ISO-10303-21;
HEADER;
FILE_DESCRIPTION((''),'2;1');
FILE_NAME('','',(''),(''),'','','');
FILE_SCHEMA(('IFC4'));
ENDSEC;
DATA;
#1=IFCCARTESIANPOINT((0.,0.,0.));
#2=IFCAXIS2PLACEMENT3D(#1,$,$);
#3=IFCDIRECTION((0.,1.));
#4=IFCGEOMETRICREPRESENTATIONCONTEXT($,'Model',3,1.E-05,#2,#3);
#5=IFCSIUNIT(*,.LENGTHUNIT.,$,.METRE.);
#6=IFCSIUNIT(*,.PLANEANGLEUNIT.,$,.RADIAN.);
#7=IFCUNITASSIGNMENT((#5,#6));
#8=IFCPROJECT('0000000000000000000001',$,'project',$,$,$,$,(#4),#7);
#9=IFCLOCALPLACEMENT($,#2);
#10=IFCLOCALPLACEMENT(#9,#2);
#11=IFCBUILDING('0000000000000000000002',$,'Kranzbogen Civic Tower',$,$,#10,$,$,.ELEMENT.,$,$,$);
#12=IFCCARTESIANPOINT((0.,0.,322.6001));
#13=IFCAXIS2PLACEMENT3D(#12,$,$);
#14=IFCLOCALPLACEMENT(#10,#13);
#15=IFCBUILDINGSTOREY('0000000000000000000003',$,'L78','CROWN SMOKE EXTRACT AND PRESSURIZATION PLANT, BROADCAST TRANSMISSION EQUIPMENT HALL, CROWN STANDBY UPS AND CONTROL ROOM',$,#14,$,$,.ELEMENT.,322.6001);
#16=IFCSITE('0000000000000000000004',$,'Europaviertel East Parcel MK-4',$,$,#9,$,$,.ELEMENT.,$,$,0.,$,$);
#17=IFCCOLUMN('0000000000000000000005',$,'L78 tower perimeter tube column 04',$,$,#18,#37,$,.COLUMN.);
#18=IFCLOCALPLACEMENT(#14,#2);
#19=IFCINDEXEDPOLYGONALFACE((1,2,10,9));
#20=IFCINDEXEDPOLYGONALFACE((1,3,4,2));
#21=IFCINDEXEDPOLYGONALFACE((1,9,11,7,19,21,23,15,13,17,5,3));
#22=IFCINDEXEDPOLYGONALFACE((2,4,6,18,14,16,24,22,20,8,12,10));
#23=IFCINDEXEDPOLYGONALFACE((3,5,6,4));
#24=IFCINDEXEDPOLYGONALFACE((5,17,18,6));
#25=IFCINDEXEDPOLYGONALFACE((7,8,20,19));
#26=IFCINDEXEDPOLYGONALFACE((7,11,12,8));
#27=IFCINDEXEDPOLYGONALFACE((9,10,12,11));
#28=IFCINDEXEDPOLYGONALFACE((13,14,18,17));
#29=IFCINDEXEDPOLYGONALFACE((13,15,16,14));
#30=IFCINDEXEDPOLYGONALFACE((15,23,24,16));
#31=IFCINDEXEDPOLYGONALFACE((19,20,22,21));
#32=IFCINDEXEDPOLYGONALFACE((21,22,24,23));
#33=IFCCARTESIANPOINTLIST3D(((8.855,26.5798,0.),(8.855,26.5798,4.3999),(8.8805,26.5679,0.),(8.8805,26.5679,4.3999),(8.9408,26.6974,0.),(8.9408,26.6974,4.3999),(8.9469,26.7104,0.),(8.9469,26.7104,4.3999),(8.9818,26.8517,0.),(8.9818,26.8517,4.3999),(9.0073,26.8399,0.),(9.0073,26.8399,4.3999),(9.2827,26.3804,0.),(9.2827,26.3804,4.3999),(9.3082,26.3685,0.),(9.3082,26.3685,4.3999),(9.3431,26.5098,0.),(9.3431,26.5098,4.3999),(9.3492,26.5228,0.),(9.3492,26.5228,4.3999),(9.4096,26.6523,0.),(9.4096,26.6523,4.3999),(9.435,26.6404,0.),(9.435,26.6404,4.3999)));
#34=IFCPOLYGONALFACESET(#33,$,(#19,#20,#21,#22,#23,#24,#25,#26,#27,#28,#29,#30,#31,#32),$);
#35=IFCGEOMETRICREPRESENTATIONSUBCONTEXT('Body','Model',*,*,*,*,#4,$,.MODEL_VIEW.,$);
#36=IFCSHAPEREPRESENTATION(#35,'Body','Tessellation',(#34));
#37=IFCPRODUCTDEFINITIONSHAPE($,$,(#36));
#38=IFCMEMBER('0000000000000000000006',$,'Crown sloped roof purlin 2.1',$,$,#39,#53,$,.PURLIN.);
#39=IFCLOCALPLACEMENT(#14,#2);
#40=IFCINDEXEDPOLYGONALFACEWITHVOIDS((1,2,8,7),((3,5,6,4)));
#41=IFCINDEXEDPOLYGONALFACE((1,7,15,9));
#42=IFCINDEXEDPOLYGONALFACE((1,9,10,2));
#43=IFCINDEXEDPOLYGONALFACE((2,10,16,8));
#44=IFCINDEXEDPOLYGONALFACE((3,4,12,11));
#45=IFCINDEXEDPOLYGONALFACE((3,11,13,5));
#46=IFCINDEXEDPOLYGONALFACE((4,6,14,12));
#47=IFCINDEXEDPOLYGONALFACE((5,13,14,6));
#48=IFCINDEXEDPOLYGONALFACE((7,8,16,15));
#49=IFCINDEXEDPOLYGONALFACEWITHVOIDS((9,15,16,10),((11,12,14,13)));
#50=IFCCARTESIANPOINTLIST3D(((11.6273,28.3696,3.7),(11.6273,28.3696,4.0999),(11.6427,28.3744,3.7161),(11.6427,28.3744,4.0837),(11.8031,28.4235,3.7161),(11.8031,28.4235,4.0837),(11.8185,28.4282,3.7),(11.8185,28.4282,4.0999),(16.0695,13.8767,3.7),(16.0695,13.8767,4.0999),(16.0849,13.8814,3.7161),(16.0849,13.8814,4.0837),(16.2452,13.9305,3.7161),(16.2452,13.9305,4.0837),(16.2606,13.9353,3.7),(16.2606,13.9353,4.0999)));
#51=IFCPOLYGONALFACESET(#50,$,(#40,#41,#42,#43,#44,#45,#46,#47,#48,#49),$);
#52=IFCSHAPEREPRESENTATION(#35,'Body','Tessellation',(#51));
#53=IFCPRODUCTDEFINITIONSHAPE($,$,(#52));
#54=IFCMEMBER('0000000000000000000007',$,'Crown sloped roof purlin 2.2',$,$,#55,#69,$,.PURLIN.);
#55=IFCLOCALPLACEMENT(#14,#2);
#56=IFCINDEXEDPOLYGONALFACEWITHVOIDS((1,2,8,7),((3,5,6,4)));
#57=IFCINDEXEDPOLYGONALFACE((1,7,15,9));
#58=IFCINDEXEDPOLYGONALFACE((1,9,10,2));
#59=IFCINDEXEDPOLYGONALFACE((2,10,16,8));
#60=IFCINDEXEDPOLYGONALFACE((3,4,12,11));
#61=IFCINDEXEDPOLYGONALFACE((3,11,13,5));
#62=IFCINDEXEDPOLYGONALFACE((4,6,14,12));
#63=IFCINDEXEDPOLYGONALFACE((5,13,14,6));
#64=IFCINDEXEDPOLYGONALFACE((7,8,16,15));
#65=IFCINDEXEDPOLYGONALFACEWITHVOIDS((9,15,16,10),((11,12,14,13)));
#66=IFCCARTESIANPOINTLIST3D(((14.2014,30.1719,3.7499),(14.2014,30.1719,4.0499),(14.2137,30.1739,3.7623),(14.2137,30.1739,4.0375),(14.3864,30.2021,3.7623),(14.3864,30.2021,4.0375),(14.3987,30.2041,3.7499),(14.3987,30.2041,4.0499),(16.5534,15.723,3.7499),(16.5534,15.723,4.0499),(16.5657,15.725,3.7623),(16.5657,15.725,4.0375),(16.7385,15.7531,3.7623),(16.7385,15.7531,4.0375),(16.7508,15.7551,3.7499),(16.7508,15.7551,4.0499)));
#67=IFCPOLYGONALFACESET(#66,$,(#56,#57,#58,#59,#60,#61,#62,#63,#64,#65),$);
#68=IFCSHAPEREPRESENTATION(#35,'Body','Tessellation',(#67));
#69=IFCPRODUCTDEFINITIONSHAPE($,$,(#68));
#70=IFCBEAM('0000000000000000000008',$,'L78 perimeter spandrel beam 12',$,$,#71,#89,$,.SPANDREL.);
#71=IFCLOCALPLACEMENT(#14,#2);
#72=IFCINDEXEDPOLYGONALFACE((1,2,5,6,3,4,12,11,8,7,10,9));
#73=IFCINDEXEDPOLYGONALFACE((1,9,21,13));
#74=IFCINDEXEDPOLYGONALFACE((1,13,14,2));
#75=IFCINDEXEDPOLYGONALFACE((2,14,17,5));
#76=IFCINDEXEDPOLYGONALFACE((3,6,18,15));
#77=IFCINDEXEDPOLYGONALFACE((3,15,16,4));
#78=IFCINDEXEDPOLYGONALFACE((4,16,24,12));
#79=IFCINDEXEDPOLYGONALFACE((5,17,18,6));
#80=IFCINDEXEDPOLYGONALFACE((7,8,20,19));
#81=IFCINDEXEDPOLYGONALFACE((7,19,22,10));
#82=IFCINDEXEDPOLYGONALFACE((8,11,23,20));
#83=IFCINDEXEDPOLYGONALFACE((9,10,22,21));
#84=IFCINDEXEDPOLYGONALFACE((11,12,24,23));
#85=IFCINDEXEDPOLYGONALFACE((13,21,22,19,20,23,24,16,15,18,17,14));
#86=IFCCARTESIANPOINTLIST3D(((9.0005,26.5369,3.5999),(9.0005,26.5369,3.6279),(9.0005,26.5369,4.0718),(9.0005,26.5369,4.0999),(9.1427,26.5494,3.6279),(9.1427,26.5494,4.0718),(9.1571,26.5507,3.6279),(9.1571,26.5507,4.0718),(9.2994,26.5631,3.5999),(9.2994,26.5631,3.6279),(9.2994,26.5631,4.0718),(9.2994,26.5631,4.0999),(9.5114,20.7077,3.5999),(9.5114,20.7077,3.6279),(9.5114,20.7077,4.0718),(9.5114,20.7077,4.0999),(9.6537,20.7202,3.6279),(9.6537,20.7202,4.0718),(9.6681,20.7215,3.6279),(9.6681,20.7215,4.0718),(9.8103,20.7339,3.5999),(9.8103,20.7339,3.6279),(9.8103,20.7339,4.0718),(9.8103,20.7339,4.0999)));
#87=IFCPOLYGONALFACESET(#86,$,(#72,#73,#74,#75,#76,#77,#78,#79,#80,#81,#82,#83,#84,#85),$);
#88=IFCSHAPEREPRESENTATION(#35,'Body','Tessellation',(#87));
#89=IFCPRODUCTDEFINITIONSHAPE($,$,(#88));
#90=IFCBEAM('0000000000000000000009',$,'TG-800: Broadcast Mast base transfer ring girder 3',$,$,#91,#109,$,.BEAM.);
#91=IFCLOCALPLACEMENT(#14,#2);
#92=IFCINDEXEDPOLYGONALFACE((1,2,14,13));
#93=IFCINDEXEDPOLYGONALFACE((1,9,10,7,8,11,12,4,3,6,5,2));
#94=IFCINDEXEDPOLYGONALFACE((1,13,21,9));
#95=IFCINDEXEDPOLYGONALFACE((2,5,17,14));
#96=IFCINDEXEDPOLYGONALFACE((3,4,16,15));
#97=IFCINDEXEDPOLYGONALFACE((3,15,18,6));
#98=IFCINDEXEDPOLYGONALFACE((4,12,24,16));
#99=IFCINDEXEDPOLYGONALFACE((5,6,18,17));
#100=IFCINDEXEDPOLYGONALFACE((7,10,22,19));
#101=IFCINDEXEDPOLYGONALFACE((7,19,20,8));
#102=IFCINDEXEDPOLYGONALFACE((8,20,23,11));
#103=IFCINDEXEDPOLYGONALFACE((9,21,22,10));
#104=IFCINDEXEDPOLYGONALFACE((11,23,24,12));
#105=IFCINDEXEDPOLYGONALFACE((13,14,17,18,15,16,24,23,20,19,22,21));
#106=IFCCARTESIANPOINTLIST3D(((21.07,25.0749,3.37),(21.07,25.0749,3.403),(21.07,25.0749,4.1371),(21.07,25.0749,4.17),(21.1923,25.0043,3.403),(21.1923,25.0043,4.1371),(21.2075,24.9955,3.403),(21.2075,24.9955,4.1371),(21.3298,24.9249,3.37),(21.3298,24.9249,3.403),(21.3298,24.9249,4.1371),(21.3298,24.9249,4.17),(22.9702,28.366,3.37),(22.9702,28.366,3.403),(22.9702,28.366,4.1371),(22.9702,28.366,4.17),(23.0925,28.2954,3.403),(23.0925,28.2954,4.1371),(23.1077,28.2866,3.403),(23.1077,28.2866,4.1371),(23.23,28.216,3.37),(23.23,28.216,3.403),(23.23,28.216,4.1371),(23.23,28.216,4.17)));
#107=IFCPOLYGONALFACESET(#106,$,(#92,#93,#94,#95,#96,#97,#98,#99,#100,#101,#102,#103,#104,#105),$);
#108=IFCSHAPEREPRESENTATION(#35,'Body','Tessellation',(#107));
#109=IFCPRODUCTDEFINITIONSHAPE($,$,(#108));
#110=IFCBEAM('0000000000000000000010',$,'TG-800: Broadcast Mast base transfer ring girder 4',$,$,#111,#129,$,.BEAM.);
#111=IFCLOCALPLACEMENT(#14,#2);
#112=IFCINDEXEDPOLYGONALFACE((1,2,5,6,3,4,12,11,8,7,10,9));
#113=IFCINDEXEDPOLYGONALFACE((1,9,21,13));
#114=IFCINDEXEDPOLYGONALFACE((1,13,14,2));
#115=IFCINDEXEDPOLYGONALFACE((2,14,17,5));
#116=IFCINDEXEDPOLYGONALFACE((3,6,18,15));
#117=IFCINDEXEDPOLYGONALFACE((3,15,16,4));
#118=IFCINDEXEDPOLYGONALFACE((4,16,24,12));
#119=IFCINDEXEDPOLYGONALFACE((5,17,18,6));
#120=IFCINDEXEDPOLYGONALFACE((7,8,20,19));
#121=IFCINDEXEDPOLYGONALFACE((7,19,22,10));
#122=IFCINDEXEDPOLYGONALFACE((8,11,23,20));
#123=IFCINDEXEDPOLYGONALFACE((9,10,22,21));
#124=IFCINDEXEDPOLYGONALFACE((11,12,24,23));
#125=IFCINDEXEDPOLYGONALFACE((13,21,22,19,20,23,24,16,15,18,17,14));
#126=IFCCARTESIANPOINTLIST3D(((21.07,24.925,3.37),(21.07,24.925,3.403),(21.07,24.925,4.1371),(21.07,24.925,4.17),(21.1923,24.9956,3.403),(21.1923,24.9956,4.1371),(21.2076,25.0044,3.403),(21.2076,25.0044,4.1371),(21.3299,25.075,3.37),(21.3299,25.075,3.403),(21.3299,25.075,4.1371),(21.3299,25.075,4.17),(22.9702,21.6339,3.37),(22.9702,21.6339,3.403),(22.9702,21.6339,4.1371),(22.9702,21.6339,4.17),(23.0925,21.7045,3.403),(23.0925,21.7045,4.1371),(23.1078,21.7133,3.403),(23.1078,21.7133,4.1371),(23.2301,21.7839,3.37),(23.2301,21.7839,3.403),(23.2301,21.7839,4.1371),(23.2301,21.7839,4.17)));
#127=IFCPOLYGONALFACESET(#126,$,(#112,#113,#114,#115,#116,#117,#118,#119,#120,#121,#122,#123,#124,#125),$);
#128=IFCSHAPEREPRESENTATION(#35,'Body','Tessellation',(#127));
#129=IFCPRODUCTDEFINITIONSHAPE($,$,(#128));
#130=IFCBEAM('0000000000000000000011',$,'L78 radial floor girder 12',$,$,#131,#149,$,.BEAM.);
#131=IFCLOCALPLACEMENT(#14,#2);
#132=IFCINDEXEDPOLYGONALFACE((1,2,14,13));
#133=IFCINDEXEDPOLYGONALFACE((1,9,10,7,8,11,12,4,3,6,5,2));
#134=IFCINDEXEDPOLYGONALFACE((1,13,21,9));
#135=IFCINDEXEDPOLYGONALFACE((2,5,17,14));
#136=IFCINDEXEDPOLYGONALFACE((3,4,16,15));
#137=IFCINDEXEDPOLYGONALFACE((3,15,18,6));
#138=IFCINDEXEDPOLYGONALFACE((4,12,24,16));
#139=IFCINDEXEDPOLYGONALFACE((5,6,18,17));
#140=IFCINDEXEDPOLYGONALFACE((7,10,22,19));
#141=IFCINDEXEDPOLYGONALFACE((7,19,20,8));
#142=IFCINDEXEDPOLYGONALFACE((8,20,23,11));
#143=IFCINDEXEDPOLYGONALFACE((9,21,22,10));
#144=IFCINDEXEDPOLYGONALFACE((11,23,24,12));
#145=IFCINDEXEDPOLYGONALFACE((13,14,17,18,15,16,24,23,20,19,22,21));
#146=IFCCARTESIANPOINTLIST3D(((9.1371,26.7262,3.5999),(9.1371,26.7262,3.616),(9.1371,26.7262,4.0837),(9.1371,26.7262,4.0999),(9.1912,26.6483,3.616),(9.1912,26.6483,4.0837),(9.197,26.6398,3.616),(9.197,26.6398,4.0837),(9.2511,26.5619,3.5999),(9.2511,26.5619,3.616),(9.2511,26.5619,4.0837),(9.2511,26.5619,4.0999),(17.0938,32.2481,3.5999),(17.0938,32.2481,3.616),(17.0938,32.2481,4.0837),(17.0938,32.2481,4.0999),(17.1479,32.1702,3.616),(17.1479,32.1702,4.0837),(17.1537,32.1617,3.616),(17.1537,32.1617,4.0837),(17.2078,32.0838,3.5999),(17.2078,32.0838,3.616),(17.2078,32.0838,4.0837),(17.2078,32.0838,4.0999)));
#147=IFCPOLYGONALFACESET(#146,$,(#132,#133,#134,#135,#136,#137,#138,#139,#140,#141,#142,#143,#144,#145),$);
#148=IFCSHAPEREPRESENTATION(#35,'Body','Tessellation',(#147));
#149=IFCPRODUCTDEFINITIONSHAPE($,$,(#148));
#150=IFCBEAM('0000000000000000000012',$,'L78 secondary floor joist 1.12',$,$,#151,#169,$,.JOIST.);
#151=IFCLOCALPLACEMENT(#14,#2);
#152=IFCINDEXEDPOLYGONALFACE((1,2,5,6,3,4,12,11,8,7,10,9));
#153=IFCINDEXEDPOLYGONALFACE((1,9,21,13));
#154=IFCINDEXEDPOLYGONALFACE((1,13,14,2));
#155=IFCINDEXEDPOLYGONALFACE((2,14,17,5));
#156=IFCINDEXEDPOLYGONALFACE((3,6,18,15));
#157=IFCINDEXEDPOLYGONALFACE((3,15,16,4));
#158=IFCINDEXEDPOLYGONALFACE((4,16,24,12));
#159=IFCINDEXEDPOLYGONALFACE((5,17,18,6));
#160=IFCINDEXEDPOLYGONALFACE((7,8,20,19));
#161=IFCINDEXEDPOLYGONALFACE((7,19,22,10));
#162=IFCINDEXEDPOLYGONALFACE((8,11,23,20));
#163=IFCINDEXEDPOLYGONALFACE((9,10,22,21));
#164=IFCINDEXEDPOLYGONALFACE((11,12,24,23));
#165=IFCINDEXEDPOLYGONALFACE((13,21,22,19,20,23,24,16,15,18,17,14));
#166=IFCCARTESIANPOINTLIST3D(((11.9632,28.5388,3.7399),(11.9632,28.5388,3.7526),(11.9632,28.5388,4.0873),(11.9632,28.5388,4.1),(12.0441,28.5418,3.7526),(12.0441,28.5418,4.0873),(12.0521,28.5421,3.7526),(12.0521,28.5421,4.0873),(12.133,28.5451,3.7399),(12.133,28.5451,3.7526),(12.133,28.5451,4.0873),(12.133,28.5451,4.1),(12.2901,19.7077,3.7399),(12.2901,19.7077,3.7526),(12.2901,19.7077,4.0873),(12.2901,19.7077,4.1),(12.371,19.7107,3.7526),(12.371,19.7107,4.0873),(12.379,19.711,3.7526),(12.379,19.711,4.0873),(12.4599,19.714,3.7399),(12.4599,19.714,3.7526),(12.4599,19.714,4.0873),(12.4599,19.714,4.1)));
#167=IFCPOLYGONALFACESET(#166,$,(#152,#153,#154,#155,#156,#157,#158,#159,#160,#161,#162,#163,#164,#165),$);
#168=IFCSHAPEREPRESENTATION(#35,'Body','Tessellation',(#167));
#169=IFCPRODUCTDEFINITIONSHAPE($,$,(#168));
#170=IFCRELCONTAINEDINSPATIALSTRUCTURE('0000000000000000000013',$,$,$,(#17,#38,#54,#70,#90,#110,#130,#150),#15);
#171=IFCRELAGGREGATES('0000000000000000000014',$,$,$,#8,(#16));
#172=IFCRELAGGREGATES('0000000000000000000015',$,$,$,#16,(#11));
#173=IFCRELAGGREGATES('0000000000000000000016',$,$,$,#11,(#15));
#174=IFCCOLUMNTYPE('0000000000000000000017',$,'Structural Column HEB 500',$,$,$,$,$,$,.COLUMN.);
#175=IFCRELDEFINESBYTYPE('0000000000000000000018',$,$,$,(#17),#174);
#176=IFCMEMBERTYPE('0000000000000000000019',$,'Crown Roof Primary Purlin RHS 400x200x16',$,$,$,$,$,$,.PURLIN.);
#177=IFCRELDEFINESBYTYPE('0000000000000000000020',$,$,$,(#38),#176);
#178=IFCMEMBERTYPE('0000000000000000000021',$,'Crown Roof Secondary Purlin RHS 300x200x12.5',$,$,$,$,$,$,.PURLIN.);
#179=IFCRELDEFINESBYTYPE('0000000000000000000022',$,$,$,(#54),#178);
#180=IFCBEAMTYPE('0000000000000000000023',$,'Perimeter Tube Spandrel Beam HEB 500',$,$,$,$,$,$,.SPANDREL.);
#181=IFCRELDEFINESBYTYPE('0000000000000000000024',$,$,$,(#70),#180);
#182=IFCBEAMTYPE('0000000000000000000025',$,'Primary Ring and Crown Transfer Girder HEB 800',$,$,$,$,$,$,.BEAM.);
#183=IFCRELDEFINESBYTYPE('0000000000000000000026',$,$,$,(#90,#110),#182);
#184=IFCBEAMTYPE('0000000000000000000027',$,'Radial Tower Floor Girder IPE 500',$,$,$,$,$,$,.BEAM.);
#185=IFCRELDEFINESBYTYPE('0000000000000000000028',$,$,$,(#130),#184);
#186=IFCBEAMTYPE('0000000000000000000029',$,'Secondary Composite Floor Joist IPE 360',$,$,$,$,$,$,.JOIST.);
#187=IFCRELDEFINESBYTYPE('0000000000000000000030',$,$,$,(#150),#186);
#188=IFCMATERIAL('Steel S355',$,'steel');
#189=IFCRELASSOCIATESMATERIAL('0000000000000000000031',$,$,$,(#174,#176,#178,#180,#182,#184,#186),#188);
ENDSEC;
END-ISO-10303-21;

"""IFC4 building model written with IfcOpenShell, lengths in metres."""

from ifc_helpers import new_model, si_unit, direction, frame, origin, origin_2d, place, context, subcontext, project, spatial, hollow_rectangle, i_section, extrude, material, material_profile, profile_set, type_object, element, save


model = new_model("IFC4")

# Units and contexts
model_context = context("Model", 3, precision=1e-05, world=origin(), true_north=direction((0.0, 1.0)))
body_context = subcontext(model_context, "Body", "Model", "MODEL_VIEW")
ifc_project = project(units=[si_unit("LENGTHUNIT", "METRE"), si_unit("PLANEANGLEUNIT", "RADIAN")], contexts=[model_context])

# Site, building, storey
site_placement = place(None, origin())
site = spatial("IfcSite", under=ifc_project, at=site_placement, Name="Europaviertel East Parcel MK-4", CompositionType="ELEMENT", RefElevation=0.0)
building_placement = place(site_placement, origin())
building = spatial("IfcBuilding", under=site, at=building_placement, Name="Kranzbogen Civic Tower", CompositionType="ELEMENT")
storey_placement = place(building_placement, frame((0.0, 0.0, 322.6001)))
storey = spatial("IfcBuildingStorey", under=building, at=storey_placement, Name="L78", Description="CROWN SMOKE EXTRACT AND PRESSURIZATION PLANT, BROADCAST TRANSMISSION EQUIPMENT HALL, CROWN STANDBY UPS AND CONTROL ROOM", CompositionType="ELEMENT", Elevation=322.6001)

# Column
ifc_material_1 = material(Name="Steel S355", Category="steel")
ifc_material_profile_1 = material_profile(ifc_material_1, i_section(OverallWidth=0.3, OverallDepth=0.5, WebThickness=0.0144, FlangeThickness=0.0281, at=origin_2d()), Name="HEB 500")
ifc_profile_set_1 = profile_set([ifc_material_profile_1], Name="Steel S355")
column_type = type_object("IfcColumnType", Name="Structural Column HEB 500", PredefinedType="COLUMN", material=ifc_profile_set_1)
column_placement = place(storey_placement, frame((9.145, 26.6101, 0.0), z_axis=(0.0, 0.0, 1.0), x_axis=(0.422618, 0.906308, 0.0)))
element("IfcColumn", 1, at=column_placement, inside=storey, type_object=column_type, Name="L78 tower perimeter tube column 04", PredefinedType="COLUMN", context=body_context, shape_type="SweptSolid", body=[
    extrude(i_section(OverallWidth=0.3, OverallDepth=0.5, WebThickness=0.0144, FlangeThickness=0.0281, at=origin_2d()), origin(), (0.0, 0.0, 1.0), 4.3999),
])

# Members
ifc_material_profile_2 = material_profile(ifc_material_1, hollow_rectangle(XDim=0.2, YDim=0.3999, WallThickness=0.0161, at=origin_2d()), Name="RHS 400x200x16")
ifc_profile_set_2 = profile_set([ifc_material_profile_2], Name="Steel S355")
member_type_1 = type_object("IfcMemberType", Name="Crown Roof Primary Purlin RHS 400x200x16", PredefinedType="PURLIN", material=ifc_profile_set_2)
member_1_placement = place(storey_placement, frame((11.7229, 28.3989, 3.8999), z_axis=(0.293048, -0.956098, 0.0), x_axis=(0.956098, 0.293048, 0.0)))
element("IfcMember", 2, at=member_1_placement, inside=storey, type_object=member_type_1, Name="Crown sloped roof purlin 2.1", PredefinedType="PURLIN", context=body_context, shape_type="SweptSolid", body=[
    extrude(hollow_rectangle(XDim=0.2, YDim=0.3999, WallThickness=0.0161, at=origin_2d()), origin(), (0.0, 0.0, 1.0), 15.1584),
])
ifc_material_profile_3 = material_profile(ifc_material_1, hollow_rectangle(XDim=0.2, YDim=0.3, WallThickness=0.0125, at=origin_2d()), Name="RHS 300x200x12.5")
ifc_profile_set_3 = profile_set([ifc_material_profile_3], Name="Steel S355")
member_type_2 = type_object("IfcMemberType", Name="Crown Roof Secondary Purlin RHS 300x200x12.5", PredefinedType="PURLIN", material=ifc_profile_set_3)
member_2_placement = place(storey_placement, frame((14.3, 30.188, 3.8999), z_axis=(0.160668, -0.987008, 0.0), x_axis=(0.987008, 0.160668, 0.0)))
element("IfcMember", 3, at=member_2_placement, inside=storey, type_object=member_type_2, Name="Crown sloped roof purlin 2.2", PredefinedType="PURLIN", context=body_context, shape_type="SweptSolid", body=[
    extrude(hollow_rectangle(XDim=0.2, YDim=0.3, WallThickness=0.0125, at=origin_2d()), origin(), (0.0, 0.0, 1.0), 14.6392),
])

# Beams
ifc_material_profile_4 = material_profile(ifc_material_1, i_section(OverallWidth=0.3, OverallDepth=0.5, WebThickness=0.0144, FlangeThickness=0.0281, at=origin_2d()), Name="HEB 500")
ifc_profile_set_4 = profile_set([ifc_material_profile_4], Name="Steel S355")
beam_type_1 = type_object("IfcBeamType", Name="Perimeter Tube Spandrel Beam HEB 500", PredefinedType="SPANDREL", material=ifc_profile_set_4)
beam_1_placement = place(storey_placement, frame((9.1499, 26.55, 3.8499), z_axis=(0.087326, -0.99618, 0.0), x_axis=(0.99618, 0.087326, 0.0)))
element("IfcBeam", 4, at=beam_1_placement, inside=storey, type_object=beam_type_1, Name="L78 perimeter spandrel beam 12", PredefinedType="SPANDREL", context=body_context, shape_type="SweptSolid", body=[
    extrude(i_section(OverallWidth=0.3, OverallDepth=0.5, WebThickness=0.0144, FlangeThickness=0.0281, at=origin_2d()), origin(), (0.0, 0.0, 1.0), 5.8516),
])
ifc_material_profile_5 = material_profile(ifc_material_1, i_section(OverallWidth=0.3, OverallDepth=0.8, WebThickness=0.0176, FlangeThickness=0.033, at=origin_2d()), Name="HEB 800")
ifc_profile_set_5 = profile_set([ifc_material_profile_5], Name="Steel S355")
beam_type_2 = type_object("IfcBeamType", Name="Primary Ring and Crown Transfer Girder HEB 800", PredefinedType="BEAM", material=ifc_profile_set_5)
for number, where, z_axis, x_axis, name in (
    (5, (23.1001, 28.291, 3.77), (-0.500015, -0.866017, 0.0), (0.866017, -0.500015, 0.0), "TG-800: Broadcast Mast base transfer ring girder 3"),
    (6, (21.2, 25.0, 3.77), (0.500015, -0.866017, 0.0), (0.866017, 0.500015, 0.0), "TG-800: Broadcast Mast base transfer ring girder 4"),
):
    element("IfcBeam", number, at=place(storey_placement, frame(where, z_axis=z_axis, x_axis=x_axis)), inside=storey, type_object=beam_type_2, Name=name, PredefinedType="BEAM", context=body_context, shape_type="SweptSolid", body=[
        extrude(i_section(OverallWidth=0.3, OverallDepth=0.8, WebThickness=0.0176, FlangeThickness=0.033, at=origin_2d()), origin(), (0.0, 0.0, 1.0), 3.8003),
    ])
ifc_material_profile_6 = material_profile(ifc_material_1, i_section(OverallWidth=0.2, OverallDepth=0.5, WebThickness=0.0103, FlangeThickness=0.0161, at=origin_2d()), Name="IPE 500")
ifc_profile_set_6 = profile_set([ifc_material_profile_6], Name="Steel S355")
beam_type_3 = type_object("IfcBeamType", Name="Radial Tower Floor Girder IPE 500", PredefinedType="BEAM", material=ifc_profile_set_6)
beam_2_placement = place(storey_placement, frame((9.1941, 26.644, 3.8499), z_axis=(0.821543, 0.570147, 0.0), x_axis=(-0.570147, 0.821543, 0.0)))
element("IfcBeam", 7, at=beam_2_placement, inside=storey, type_object=beam_type_3, Name="L78 radial floor girder 12", PredefinedType="BEAM", context=body_context, shape_type="SweptSolid", body=[
    extrude(i_section(OverallWidth=0.2, OverallDepth=0.5, WebThickness=0.0103, FlangeThickness=0.0161, at=origin_2d()), origin(), (0.0, 0.0, 1.0), 9.6851),
])
ifc_material_profile_7 = material_profile(ifc_material_1, i_section(OverallWidth=0.1699, OverallDepth=0.3601, WebThickness=0.0081, FlangeThickness=0.0127, at=origin_2d()), Name="IPE 360")
ifc_profile_set_7 = profile_set([ifc_material_profile_7], Name="Steel S355")
beam_type_4 = type_object("IfcBeamType", Name="Secondary Composite Floor Joist IPE 360", PredefinedType="JOIST", material=ifc_profile_set_7)
beam_3_placement = place(storey_placement, frame((12.0481, 28.542, 3.9199), z_axis=(0.036992, -0.999316, 0.0), x_axis=(0.999316, 0.036992, 0.0)))
element("IfcBeam", 8, at=beam_3_placement, inside=storey, type_object=beam_type_4, Name="L78 secondary floor joist 1.12", PredefinedType="JOIST", context=body_context, shape_type="SweptSolid", body=[
    extrude(i_section(OverallWidth=0.1699, OverallDepth=0.3601, WebThickness=0.0081, FlangeThickness=0.0127, at=origin_2d()), origin(), (0.0, 0.0, 1.0), 8.8372),
])

save(model, "model.ifc")
